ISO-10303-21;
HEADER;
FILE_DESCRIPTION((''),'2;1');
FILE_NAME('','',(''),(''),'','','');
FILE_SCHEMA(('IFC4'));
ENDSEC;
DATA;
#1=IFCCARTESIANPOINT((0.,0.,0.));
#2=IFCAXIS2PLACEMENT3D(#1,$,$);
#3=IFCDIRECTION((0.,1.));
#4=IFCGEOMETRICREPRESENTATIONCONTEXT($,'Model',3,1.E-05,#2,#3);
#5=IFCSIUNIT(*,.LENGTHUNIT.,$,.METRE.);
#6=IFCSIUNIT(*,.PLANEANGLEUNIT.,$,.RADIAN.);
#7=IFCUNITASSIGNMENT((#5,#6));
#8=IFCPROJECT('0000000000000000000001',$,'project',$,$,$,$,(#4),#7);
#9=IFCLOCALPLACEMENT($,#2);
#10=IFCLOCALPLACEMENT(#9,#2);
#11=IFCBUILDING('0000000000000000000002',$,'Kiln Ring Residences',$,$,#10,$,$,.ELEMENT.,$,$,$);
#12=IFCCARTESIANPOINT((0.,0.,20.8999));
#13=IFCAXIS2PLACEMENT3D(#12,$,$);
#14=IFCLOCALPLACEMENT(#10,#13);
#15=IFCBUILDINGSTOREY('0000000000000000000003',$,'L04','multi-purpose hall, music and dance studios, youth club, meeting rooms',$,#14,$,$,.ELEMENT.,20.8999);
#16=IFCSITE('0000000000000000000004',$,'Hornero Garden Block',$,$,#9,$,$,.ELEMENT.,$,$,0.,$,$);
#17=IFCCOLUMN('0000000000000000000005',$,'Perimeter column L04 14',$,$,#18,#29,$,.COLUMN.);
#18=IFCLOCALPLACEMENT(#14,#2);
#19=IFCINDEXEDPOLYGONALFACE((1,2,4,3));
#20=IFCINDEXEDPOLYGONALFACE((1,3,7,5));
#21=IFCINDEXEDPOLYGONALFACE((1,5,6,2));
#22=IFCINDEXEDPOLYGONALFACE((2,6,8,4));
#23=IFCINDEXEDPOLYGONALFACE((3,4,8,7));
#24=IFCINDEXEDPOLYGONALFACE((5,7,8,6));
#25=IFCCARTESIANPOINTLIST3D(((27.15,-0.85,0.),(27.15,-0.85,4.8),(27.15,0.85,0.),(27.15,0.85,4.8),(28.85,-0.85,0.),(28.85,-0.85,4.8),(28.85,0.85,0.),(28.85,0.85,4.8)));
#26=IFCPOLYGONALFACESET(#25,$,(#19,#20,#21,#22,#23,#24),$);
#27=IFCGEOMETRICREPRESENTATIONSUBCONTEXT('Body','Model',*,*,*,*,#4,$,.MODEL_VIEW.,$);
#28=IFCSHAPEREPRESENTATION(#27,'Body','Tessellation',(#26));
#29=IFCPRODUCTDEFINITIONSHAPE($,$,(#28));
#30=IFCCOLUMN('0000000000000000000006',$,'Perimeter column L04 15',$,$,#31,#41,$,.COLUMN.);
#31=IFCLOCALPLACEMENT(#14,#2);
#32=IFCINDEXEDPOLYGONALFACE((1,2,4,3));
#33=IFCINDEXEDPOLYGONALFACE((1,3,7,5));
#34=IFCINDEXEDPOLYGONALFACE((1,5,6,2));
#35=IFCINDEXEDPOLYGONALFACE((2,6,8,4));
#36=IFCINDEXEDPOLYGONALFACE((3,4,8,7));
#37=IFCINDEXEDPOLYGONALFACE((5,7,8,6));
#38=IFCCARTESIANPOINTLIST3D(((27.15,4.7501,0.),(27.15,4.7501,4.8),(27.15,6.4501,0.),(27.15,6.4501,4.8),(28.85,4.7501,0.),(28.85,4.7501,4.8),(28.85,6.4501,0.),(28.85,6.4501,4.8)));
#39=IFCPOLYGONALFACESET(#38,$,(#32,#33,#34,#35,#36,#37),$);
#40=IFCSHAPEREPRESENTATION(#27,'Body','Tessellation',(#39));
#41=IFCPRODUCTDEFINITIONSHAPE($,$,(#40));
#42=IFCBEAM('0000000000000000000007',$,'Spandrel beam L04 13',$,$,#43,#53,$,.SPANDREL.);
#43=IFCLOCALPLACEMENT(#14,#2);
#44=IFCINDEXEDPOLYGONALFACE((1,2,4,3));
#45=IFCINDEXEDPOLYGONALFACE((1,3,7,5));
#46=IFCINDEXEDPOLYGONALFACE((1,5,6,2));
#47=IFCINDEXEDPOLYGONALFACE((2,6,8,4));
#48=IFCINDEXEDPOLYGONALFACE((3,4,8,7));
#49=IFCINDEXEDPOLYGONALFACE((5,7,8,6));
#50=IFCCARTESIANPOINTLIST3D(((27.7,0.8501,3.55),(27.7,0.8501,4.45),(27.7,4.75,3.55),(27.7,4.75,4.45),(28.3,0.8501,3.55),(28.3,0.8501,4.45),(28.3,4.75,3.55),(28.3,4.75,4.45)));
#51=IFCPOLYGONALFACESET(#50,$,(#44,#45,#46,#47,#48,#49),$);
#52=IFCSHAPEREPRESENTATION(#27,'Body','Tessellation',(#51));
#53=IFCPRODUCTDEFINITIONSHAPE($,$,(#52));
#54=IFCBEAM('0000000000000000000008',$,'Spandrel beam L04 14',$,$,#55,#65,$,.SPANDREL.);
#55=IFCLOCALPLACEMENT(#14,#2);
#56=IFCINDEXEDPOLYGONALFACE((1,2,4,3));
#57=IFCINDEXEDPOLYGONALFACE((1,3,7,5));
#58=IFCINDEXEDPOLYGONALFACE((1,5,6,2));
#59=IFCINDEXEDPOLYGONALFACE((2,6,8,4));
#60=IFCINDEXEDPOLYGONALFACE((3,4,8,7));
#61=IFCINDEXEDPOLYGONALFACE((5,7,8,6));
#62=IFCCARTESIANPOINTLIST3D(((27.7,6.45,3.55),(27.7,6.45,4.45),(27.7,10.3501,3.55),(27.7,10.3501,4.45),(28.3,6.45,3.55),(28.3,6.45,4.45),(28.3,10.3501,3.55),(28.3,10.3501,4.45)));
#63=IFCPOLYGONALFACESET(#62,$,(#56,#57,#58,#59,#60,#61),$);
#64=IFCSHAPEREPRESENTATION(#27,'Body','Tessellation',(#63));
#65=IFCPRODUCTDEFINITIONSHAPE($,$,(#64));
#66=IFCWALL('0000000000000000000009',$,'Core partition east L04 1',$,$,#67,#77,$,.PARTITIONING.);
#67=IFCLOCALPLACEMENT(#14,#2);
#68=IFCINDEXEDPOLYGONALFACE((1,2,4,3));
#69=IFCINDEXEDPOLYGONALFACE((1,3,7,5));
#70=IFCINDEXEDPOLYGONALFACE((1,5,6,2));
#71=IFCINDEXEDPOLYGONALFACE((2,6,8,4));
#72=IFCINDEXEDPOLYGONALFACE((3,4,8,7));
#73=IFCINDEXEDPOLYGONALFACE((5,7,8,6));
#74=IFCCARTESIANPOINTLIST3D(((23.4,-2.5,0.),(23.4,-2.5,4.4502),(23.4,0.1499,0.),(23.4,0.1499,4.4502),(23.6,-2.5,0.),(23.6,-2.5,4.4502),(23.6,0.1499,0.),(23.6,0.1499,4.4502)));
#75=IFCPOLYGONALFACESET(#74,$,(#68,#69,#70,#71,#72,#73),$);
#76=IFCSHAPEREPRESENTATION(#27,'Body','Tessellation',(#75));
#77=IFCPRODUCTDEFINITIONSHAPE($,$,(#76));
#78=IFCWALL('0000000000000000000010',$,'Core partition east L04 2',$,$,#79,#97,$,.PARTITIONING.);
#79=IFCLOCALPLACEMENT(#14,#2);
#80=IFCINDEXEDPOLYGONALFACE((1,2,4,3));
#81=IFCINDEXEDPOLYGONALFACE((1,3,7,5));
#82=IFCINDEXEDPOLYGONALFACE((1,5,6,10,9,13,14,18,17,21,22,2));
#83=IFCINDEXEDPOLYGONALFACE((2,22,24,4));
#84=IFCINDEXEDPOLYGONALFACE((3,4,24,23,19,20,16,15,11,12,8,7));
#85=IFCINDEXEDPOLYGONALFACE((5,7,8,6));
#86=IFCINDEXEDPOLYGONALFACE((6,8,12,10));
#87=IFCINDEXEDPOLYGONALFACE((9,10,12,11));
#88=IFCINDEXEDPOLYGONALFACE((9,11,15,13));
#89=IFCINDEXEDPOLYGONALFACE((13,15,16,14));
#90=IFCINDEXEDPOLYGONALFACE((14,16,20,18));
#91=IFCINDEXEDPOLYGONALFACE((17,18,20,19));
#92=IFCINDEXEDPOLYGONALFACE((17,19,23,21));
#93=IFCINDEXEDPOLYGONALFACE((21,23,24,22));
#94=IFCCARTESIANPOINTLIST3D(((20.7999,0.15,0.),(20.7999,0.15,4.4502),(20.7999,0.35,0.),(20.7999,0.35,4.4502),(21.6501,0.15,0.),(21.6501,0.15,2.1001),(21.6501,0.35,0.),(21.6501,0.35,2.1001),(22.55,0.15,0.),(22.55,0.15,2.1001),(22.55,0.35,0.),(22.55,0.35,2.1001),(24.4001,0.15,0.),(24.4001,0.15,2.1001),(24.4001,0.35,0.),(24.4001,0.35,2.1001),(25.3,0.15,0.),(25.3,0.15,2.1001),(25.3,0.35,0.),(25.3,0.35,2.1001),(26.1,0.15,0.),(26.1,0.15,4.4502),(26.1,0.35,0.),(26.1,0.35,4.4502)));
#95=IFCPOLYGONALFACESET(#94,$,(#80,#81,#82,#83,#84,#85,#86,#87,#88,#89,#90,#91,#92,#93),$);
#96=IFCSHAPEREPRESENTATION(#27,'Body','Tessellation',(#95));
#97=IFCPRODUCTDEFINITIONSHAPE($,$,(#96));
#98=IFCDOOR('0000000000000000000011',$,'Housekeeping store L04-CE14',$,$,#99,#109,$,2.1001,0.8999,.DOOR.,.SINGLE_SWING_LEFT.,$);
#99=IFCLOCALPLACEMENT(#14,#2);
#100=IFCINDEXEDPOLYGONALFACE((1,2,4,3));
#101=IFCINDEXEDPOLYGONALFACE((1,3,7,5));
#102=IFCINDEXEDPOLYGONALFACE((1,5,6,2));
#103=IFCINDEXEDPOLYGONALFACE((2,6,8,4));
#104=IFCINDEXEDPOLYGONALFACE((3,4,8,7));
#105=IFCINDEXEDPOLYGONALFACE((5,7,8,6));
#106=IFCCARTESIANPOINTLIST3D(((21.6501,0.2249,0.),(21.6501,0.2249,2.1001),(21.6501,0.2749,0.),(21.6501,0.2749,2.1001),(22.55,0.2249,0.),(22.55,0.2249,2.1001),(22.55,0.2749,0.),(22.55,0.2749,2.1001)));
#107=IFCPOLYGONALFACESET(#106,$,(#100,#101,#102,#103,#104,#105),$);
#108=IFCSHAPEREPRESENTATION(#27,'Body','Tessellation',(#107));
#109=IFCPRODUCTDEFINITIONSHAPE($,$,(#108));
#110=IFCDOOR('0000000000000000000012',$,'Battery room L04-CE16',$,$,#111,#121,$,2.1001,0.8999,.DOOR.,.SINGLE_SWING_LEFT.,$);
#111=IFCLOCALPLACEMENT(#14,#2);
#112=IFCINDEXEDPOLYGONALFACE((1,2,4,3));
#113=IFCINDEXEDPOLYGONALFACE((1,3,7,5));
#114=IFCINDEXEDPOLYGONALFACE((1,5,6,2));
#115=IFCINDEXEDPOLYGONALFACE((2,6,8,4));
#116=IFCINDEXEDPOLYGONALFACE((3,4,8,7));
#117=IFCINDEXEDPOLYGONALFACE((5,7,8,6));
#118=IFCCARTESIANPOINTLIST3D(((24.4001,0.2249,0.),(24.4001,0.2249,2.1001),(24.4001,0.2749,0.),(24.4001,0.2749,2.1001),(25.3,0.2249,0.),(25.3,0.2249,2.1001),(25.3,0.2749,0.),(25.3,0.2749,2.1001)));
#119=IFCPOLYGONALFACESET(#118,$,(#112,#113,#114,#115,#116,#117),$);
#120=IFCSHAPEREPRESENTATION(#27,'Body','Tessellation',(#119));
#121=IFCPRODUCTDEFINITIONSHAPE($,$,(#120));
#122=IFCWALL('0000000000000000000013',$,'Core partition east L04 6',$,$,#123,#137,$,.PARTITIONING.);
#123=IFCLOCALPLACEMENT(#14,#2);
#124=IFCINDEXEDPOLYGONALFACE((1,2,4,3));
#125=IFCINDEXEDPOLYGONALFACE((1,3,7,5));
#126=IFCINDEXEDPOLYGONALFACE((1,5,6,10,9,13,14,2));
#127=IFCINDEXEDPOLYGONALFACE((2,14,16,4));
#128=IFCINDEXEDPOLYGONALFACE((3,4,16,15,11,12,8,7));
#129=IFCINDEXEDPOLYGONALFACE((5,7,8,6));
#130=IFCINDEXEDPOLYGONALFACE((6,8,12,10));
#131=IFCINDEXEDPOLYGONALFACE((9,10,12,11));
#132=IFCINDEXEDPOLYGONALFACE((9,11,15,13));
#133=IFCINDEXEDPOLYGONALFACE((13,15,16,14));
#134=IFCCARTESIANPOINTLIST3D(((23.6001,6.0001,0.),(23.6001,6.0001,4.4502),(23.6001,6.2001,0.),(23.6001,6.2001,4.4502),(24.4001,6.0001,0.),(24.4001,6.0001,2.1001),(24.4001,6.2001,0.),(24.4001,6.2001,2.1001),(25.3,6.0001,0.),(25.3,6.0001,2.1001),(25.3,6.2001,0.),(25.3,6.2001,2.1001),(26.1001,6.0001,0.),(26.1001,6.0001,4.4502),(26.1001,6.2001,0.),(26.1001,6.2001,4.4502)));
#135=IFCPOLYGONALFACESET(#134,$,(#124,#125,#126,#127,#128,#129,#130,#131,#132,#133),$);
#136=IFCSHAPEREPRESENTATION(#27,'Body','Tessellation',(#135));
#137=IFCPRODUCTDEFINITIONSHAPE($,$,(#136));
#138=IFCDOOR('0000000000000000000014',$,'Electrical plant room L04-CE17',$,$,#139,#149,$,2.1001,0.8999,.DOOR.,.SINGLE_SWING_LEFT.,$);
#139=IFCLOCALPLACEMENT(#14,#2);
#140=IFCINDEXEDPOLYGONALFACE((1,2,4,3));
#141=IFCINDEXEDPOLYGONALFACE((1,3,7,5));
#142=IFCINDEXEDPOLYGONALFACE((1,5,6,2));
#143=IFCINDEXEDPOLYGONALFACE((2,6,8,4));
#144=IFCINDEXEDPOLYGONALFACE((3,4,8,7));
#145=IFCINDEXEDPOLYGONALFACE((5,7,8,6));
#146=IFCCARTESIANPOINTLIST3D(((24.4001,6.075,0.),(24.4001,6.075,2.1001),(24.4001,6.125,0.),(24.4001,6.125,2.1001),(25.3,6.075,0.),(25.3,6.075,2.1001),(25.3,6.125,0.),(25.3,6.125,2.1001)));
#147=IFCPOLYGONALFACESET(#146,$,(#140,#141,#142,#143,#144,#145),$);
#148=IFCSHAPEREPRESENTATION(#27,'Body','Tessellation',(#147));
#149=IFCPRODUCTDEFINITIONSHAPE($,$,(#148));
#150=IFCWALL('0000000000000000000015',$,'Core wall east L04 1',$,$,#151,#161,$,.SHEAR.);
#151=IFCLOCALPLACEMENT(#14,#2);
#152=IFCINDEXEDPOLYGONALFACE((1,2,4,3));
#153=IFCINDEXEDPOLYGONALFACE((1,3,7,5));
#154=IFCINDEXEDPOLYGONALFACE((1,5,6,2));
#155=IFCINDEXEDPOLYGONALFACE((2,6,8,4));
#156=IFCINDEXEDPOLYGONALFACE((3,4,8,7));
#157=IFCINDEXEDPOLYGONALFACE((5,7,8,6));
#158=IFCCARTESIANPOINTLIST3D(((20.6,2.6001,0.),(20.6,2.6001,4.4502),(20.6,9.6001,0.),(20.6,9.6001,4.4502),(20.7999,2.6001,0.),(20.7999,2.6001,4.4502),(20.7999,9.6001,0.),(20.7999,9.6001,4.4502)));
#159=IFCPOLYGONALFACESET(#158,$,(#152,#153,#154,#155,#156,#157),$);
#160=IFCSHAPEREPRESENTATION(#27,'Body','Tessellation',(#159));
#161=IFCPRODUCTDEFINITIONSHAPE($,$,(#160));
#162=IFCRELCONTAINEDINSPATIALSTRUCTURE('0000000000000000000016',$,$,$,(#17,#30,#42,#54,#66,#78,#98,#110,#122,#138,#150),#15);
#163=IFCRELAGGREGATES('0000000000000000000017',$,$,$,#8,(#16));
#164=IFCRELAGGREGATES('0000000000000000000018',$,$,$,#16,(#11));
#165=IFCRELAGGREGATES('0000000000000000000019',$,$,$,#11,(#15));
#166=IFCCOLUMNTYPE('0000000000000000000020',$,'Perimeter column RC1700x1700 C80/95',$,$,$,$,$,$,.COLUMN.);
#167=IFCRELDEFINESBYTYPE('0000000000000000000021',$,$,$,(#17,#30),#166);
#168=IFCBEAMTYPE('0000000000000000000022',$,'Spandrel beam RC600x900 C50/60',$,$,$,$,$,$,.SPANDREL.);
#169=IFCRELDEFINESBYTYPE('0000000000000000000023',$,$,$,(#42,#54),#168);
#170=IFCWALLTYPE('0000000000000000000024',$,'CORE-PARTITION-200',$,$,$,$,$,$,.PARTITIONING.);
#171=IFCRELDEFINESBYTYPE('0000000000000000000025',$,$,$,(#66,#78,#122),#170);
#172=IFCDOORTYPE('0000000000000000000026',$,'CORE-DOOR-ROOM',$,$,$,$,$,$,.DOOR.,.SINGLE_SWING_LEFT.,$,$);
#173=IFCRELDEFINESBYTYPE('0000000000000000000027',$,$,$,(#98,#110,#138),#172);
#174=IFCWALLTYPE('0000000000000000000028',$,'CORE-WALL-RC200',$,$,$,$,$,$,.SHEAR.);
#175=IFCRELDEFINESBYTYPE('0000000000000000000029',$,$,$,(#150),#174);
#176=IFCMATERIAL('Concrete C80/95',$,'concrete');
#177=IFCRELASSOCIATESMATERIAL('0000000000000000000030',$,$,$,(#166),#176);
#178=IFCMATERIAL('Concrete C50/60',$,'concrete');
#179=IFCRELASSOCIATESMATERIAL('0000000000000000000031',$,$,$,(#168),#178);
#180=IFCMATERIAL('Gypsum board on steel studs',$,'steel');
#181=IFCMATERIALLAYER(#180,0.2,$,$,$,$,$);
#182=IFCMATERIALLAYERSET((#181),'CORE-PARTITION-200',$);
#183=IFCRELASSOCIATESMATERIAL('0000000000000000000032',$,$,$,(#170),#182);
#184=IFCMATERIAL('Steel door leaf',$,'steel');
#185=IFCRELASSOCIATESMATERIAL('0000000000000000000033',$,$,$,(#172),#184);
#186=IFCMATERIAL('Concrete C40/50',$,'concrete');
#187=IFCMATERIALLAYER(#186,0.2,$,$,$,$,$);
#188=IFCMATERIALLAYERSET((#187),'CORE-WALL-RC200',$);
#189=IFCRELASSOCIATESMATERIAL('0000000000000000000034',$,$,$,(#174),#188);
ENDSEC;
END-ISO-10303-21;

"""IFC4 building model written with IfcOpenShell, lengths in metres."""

from ifc_helpers import new_model, si_unit, direction, frame, frame_2d, origin, origin_2d, place, context, subcontext, project, spatial, rectangle, extrude, material, layer, layer_set, material_profile, profile_set, type_object, element, fill, save


model = new_model("IFC4")

# Units and contexts
model_context = context("Model", 3, precision=1e-05, world=origin(), true_north=direction((0.0, 1.0)))
body_context = subcontext(model_context, "Body", "Model", "MODEL_VIEW")
ifc_project = project(units=[si_unit("LENGTHUNIT", "METRE"), si_unit("PLANEANGLEUNIT", "RADIAN")], contexts=[model_context])

# Site, building, storey
site_placement = place(None, origin())
site = spatial("IfcSite", under=ifc_project, at=site_placement, Name="Hornero Garden Block", CompositionType="ELEMENT", RefElevation=0.0)
building_placement = place(site_placement, origin())
building = spatial("IfcBuilding", under=site, at=building_placement, Name="Kiln Ring Residences", CompositionType="ELEMENT")
storey_placement = place(building_placement, frame((0.0, 0.0, 20.8999)))
storey = spatial("IfcBuildingStorey", under=building, at=storey_placement, Name="L04", Description="multi-purpose hall, music and dance studios, youth club, meeting rooms", CompositionType="ELEMENT", Elevation=20.8999)

# Columns
ifc_material_1 = material(Name="Concrete C80/95", Category="concrete")
ifc_material_profile_1 = material_profile(ifc_material_1, rectangle(XDim=1.7, YDim=1.7, at=origin_2d()), Name="RC1700x1700")
ifc_profile_set_1 = profile_set([ifc_material_profile_1], Name="Concrete C80/95")
column_type = type_object("IfcColumnType", Name="Perimeter column RC1700x1700 C80/95", PredefinedType="COLUMN", material=ifc_profile_set_1)
for number, where, z_axis, x_axis, name in (
    (1, (28.0, 0.0, 0.0), (0.0, 0.0, 1.0), (1.0, 0.0, 0.0), "Perimeter column L04 14"),
    (2, (28.0, 5.6001, 0.0), (0.0, 0.0, 1.0), (1.0, 0.0, 0.0), "Perimeter column L04 15"),
):
    element("IfcColumn", number, at=place(storey_placement, frame(where, z_axis=z_axis, x_axis=x_axis)), inside=storey, type_object=column_type, Name=name, PredefinedType="COLUMN", context=body_context, shape_type="SweptSolid", body=[
        extrude(rectangle(XDim=1.7, YDim=1.7, at=origin_2d()), origin(), (0.0, 0.0, 1.0), 4.8),
    ])

# Beams
ifc_material_2 = material(Name="Concrete C50/60", Category="concrete")
ifc_material_profile_2 = material_profile(ifc_material_2, rectangle(XDim=0.6001, YDim=0.8999, at=origin_2d()), Name="RC600x900")
ifc_profile_set_2 = profile_set([ifc_material_profile_2], Name="Concrete C50/60")
beam_type = type_object("IfcBeamType", Name="Spandrel beam RC600x900 C50/60", PredefinedType="SPANDREL", material=ifc_profile_set_2)
beam_1_placement = place(storey_placement, frame((28.0, 0.8501, 4.0), z_axis=(0.0, 1.0, 0.0), x_axis=(-1.0, 0.0, 0.0)))
element("IfcBeam", 3, at=beam_1_placement, inside=storey, type_object=beam_type, Name="Spandrel beam L04 13", PredefinedType="SPANDREL", context=body_context, shape_type="SweptSolid", body=[
    extrude(rectangle(XDim=0.6001, YDim=0.8999, at=origin_2d()), origin(), (0.0, 0.0, 1.0), 3.8999),
])
beam_2_placement = place(storey_placement, frame((28.0, 6.45, 4.0), z_axis=(0.0, 1.0, 0.0), x_axis=(-1.0, 0.0, 0.0)))
element("IfcBeam", 4, at=beam_2_placement, inside=storey, type_object=beam_type, Name="Spandrel beam L04 14", PredefinedType="SPANDREL", context=body_context, shape_type="SweptSolid", body=[
    extrude(rectangle(XDim=0.6001, YDim=0.8999, at=origin_2d()), origin(), (0.0, 0.0, 1.0), 3.9001),
])

# Wall
ifc_material_3 = material(Name="Gypsum board on steel studs", Category="steel")
ifc_layer_1 = layer(ifc_material_3, 0.2)
ifc_layer_set_1 = layer_set([ifc_layer_1], Name="CORE-PARTITION-200")
wall_type_1 = type_object("IfcWallType", Name="CORE-PARTITION-200", PredefinedType="PARTITIONING", material=ifc_layer_set_1)
wall_1_placement = place(storey_placement, frame((23.5, -2.5, 0.0), z_axis=(0.0, 0.0, 1.0), x_axis=(0.0, 1.0, 0.0)))
element("IfcWall", 5, at=wall_1_placement, inside=storey, type_object=wall_type_1, Name="Core partition east L04 1", PredefinedType="PARTITIONING", context=body_context, shape_type="SweptSolid", body=[
    extrude(rectangle(XDim=2.6499, YDim=0.2, at=frame_2d((1.325, 0.0))), origin(), (0.0, 0.0, 1.0), 4.4502),
])

# Wall, openings, doors
wall_2_placement = place(storey_placement, frame((20.8, 0.25, 0.0), z_axis=(0.0, 0.0, 1.0), x_axis=(1.0, 0.0, 0.0)))
wall_2 = element("IfcWall", 6, at=wall_2_placement, inside=storey, type_object=wall_type_1, Name="Core partition east L04 2", PredefinedType="PARTITIONING", context=body_context, shape_type="SweptSolid", body=[
    extrude(rectangle(XDim=5.3, YDim=0.2, at=frame_2d((2.6499, 0.0))), origin(), (0.0, 0.0, 1.0), 4.4502),
])
opening_1_placement = place(wall_2_placement, frame((0.8501, 0.0, 0.0)))
opening_1 = element("IfcOpeningElement", 7, at=opening_1_placement, cuts=wall_2, PredefinedType="OPENING", context=body_context, shape_type="SweptSolid", body=[
    extrude(rectangle(XDim=0.8999, YDim=2.1001, at=frame_2d((0.45, 1.05))), frame((0.0, 0.1099, 0.0), z_axis=(0.0, -1.0, 0.0), x_axis=(1.0, 0.0, 0.0)), (0.0, 0.0, 1.0), 0.22),
])
opening_2_placement = place(wall_2_placement, frame((3.6001, 0.0, 0.0)))
opening_2 = element("IfcOpeningElement", 8, at=opening_2_placement, cuts=wall_2, PredefinedType="OPENING", context=body_context, shape_type="SweptSolid", body=[
    extrude(rectangle(XDim=0.8999, YDim=2.1001, at=frame_2d((0.45, 1.05))), frame((0.0, 0.1099, 0.0), z_axis=(0.0, -1.0, 0.0), x_axis=(1.0, 0.0, 0.0)), (0.0, 0.0, 1.0), 0.22),
])
ifc_material_4 = material(Name="Steel door leaf", Category="steel")
door_type = type_object("IfcDoorType", Name="CORE-DOOR-ROOM", OperationType="SINGLE_SWING_LEFT", PredefinedType="DOOR", material=ifc_material_4)
door_1_placement = place(opening_1_placement, origin())
door_1 = element("IfcDoor", 9, at=door_1_placement, inside=storey, type_object=door_type, Name="Housekeeping store L04-CE14", OperationType="SINGLE_SWING_LEFT", OverallHeight=2.1001, OverallWidth=0.8999, PredefinedType="DOOR", context=body_context, shape_type="SweptSolid", body=[
    extrude(rectangle(XDim=0.8999, YDim=2.1001, at=frame_2d((0.45, 1.05))), frame((0.0, 0.0249, 0.0), z_axis=(0.0, -1.0, 0.0), x_axis=(1.0, 0.0, 0.0)), (0.0, 0.0, 1.0), 0.05),
])
fill(opening_1, door_1)
door_2_placement = place(opening_2_placement, origin())
door_2 = element("IfcDoor", 10, at=door_2_placement, inside=storey, type_object=door_type, Name="Battery room L04-CE16", OperationType="SINGLE_SWING_LEFT", OverallHeight=2.1001, OverallWidth=0.8999, PredefinedType="DOOR", context=body_context, shape_type="SweptSolid", body=[
    extrude(rectangle(XDim=0.8999, YDim=2.1001, at=frame_2d((0.45, 1.05))), frame((0.0, 0.0249, 0.0), z_axis=(0.0, -1.0, 0.0), x_axis=(1.0, 0.0, 0.0)), (0.0, 0.0, 1.0), 0.05),
])
fill(opening_2, door_2)

# Wall, opening, door
wall_3_placement = place(storey_placement, frame((23.6001, 6.1001, 0.0), z_axis=(0.0, 0.0, 1.0), x_axis=(1.0, 0.0, 0.0)))
wall_3 = element("IfcWall", 11, at=wall_3_placement, inside=storey, type_object=wall_type_1, Name="Core partition east L04 6", PredefinedType="PARTITIONING", context=body_context, shape_type="SweptSolid", body=[
    extrude(rectangle(XDim=2.5, YDim=0.2, at=frame_2d((1.25, 0.0))), origin(), (0.0, 0.0, 1.0), 4.4502),
])
opening_3_placement = place(wall_3_placement, frame((0.8, 0.0, 0.0)))
opening_3 = element("IfcOpeningElement", 12, at=opening_3_placement, cuts=wall_3, PredefinedType="OPENING", context=body_context, shape_type="SweptSolid", body=[
    extrude(rectangle(XDim=0.8999, YDim=2.1001, at=frame_2d((0.45, 1.05))), frame((0.0, 0.1099, 0.0), z_axis=(0.0, -1.0, 0.0), x_axis=(1.0, 0.0, 0.0)), (0.0, 0.0, 1.0), 0.22),
])
door_3_placement = place(opening_3_placement, origin())
door_3 = element("IfcDoor", 13, at=door_3_placement, inside=storey, type_object=door_type, Name="Electrical plant room L04-CE17", OperationType="SINGLE_SWING_LEFT", OverallHeight=2.1001, OverallWidth=0.8999, PredefinedType="DOOR", context=body_context, shape_type="SweptSolid", body=[
    extrude(rectangle(XDim=0.8999, YDim=2.1001, at=frame_2d((0.45, 1.05))), frame((0.0, 0.0249, 0.0), z_axis=(0.0, -1.0, 0.0), x_axis=(1.0, 0.0, 0.0)), (0.0, 0.0, 1.0), 0.05),
])
fill(opening_3, door_3)

# Wall
ifc_material_5 = material(Name="Concrete C40/50", Category="concrete")
ifc_layer_2 = layer(ifc_material_5, 0.2)
ifc_layer_set_2 = layer_set([ifc_layer_2], Name="CORE-WALL-RC200")
wall_type_2 = type_object("IfcWallType", Name="CORE-WALL-RC200", PredefinedType="SHEAR", material=ifc_layer_set_2)
wall_4_placement = place(storey_placement, frame((20.7, 2.6001, 0.0), z_axis=(0.0, 0.0, 1.0), x_axis=(0.0, 1.0, 0.0)))
element("IfcWall", 14, at=wall_4_placement, inside=storey, type_object=wall_type_2, Name="Core wall east L04 1", PredefinedType="SHEAR", context=body_context, shape_type="SweptSolid", body=[
    extrude(rectangle(XDim=7.0, YDim=0.2, at=frame_2d((3.5, 0.0))), origin(), (0.0, 0.0, 1.0), 4.4502),
])

save(model, "model.ifc")
